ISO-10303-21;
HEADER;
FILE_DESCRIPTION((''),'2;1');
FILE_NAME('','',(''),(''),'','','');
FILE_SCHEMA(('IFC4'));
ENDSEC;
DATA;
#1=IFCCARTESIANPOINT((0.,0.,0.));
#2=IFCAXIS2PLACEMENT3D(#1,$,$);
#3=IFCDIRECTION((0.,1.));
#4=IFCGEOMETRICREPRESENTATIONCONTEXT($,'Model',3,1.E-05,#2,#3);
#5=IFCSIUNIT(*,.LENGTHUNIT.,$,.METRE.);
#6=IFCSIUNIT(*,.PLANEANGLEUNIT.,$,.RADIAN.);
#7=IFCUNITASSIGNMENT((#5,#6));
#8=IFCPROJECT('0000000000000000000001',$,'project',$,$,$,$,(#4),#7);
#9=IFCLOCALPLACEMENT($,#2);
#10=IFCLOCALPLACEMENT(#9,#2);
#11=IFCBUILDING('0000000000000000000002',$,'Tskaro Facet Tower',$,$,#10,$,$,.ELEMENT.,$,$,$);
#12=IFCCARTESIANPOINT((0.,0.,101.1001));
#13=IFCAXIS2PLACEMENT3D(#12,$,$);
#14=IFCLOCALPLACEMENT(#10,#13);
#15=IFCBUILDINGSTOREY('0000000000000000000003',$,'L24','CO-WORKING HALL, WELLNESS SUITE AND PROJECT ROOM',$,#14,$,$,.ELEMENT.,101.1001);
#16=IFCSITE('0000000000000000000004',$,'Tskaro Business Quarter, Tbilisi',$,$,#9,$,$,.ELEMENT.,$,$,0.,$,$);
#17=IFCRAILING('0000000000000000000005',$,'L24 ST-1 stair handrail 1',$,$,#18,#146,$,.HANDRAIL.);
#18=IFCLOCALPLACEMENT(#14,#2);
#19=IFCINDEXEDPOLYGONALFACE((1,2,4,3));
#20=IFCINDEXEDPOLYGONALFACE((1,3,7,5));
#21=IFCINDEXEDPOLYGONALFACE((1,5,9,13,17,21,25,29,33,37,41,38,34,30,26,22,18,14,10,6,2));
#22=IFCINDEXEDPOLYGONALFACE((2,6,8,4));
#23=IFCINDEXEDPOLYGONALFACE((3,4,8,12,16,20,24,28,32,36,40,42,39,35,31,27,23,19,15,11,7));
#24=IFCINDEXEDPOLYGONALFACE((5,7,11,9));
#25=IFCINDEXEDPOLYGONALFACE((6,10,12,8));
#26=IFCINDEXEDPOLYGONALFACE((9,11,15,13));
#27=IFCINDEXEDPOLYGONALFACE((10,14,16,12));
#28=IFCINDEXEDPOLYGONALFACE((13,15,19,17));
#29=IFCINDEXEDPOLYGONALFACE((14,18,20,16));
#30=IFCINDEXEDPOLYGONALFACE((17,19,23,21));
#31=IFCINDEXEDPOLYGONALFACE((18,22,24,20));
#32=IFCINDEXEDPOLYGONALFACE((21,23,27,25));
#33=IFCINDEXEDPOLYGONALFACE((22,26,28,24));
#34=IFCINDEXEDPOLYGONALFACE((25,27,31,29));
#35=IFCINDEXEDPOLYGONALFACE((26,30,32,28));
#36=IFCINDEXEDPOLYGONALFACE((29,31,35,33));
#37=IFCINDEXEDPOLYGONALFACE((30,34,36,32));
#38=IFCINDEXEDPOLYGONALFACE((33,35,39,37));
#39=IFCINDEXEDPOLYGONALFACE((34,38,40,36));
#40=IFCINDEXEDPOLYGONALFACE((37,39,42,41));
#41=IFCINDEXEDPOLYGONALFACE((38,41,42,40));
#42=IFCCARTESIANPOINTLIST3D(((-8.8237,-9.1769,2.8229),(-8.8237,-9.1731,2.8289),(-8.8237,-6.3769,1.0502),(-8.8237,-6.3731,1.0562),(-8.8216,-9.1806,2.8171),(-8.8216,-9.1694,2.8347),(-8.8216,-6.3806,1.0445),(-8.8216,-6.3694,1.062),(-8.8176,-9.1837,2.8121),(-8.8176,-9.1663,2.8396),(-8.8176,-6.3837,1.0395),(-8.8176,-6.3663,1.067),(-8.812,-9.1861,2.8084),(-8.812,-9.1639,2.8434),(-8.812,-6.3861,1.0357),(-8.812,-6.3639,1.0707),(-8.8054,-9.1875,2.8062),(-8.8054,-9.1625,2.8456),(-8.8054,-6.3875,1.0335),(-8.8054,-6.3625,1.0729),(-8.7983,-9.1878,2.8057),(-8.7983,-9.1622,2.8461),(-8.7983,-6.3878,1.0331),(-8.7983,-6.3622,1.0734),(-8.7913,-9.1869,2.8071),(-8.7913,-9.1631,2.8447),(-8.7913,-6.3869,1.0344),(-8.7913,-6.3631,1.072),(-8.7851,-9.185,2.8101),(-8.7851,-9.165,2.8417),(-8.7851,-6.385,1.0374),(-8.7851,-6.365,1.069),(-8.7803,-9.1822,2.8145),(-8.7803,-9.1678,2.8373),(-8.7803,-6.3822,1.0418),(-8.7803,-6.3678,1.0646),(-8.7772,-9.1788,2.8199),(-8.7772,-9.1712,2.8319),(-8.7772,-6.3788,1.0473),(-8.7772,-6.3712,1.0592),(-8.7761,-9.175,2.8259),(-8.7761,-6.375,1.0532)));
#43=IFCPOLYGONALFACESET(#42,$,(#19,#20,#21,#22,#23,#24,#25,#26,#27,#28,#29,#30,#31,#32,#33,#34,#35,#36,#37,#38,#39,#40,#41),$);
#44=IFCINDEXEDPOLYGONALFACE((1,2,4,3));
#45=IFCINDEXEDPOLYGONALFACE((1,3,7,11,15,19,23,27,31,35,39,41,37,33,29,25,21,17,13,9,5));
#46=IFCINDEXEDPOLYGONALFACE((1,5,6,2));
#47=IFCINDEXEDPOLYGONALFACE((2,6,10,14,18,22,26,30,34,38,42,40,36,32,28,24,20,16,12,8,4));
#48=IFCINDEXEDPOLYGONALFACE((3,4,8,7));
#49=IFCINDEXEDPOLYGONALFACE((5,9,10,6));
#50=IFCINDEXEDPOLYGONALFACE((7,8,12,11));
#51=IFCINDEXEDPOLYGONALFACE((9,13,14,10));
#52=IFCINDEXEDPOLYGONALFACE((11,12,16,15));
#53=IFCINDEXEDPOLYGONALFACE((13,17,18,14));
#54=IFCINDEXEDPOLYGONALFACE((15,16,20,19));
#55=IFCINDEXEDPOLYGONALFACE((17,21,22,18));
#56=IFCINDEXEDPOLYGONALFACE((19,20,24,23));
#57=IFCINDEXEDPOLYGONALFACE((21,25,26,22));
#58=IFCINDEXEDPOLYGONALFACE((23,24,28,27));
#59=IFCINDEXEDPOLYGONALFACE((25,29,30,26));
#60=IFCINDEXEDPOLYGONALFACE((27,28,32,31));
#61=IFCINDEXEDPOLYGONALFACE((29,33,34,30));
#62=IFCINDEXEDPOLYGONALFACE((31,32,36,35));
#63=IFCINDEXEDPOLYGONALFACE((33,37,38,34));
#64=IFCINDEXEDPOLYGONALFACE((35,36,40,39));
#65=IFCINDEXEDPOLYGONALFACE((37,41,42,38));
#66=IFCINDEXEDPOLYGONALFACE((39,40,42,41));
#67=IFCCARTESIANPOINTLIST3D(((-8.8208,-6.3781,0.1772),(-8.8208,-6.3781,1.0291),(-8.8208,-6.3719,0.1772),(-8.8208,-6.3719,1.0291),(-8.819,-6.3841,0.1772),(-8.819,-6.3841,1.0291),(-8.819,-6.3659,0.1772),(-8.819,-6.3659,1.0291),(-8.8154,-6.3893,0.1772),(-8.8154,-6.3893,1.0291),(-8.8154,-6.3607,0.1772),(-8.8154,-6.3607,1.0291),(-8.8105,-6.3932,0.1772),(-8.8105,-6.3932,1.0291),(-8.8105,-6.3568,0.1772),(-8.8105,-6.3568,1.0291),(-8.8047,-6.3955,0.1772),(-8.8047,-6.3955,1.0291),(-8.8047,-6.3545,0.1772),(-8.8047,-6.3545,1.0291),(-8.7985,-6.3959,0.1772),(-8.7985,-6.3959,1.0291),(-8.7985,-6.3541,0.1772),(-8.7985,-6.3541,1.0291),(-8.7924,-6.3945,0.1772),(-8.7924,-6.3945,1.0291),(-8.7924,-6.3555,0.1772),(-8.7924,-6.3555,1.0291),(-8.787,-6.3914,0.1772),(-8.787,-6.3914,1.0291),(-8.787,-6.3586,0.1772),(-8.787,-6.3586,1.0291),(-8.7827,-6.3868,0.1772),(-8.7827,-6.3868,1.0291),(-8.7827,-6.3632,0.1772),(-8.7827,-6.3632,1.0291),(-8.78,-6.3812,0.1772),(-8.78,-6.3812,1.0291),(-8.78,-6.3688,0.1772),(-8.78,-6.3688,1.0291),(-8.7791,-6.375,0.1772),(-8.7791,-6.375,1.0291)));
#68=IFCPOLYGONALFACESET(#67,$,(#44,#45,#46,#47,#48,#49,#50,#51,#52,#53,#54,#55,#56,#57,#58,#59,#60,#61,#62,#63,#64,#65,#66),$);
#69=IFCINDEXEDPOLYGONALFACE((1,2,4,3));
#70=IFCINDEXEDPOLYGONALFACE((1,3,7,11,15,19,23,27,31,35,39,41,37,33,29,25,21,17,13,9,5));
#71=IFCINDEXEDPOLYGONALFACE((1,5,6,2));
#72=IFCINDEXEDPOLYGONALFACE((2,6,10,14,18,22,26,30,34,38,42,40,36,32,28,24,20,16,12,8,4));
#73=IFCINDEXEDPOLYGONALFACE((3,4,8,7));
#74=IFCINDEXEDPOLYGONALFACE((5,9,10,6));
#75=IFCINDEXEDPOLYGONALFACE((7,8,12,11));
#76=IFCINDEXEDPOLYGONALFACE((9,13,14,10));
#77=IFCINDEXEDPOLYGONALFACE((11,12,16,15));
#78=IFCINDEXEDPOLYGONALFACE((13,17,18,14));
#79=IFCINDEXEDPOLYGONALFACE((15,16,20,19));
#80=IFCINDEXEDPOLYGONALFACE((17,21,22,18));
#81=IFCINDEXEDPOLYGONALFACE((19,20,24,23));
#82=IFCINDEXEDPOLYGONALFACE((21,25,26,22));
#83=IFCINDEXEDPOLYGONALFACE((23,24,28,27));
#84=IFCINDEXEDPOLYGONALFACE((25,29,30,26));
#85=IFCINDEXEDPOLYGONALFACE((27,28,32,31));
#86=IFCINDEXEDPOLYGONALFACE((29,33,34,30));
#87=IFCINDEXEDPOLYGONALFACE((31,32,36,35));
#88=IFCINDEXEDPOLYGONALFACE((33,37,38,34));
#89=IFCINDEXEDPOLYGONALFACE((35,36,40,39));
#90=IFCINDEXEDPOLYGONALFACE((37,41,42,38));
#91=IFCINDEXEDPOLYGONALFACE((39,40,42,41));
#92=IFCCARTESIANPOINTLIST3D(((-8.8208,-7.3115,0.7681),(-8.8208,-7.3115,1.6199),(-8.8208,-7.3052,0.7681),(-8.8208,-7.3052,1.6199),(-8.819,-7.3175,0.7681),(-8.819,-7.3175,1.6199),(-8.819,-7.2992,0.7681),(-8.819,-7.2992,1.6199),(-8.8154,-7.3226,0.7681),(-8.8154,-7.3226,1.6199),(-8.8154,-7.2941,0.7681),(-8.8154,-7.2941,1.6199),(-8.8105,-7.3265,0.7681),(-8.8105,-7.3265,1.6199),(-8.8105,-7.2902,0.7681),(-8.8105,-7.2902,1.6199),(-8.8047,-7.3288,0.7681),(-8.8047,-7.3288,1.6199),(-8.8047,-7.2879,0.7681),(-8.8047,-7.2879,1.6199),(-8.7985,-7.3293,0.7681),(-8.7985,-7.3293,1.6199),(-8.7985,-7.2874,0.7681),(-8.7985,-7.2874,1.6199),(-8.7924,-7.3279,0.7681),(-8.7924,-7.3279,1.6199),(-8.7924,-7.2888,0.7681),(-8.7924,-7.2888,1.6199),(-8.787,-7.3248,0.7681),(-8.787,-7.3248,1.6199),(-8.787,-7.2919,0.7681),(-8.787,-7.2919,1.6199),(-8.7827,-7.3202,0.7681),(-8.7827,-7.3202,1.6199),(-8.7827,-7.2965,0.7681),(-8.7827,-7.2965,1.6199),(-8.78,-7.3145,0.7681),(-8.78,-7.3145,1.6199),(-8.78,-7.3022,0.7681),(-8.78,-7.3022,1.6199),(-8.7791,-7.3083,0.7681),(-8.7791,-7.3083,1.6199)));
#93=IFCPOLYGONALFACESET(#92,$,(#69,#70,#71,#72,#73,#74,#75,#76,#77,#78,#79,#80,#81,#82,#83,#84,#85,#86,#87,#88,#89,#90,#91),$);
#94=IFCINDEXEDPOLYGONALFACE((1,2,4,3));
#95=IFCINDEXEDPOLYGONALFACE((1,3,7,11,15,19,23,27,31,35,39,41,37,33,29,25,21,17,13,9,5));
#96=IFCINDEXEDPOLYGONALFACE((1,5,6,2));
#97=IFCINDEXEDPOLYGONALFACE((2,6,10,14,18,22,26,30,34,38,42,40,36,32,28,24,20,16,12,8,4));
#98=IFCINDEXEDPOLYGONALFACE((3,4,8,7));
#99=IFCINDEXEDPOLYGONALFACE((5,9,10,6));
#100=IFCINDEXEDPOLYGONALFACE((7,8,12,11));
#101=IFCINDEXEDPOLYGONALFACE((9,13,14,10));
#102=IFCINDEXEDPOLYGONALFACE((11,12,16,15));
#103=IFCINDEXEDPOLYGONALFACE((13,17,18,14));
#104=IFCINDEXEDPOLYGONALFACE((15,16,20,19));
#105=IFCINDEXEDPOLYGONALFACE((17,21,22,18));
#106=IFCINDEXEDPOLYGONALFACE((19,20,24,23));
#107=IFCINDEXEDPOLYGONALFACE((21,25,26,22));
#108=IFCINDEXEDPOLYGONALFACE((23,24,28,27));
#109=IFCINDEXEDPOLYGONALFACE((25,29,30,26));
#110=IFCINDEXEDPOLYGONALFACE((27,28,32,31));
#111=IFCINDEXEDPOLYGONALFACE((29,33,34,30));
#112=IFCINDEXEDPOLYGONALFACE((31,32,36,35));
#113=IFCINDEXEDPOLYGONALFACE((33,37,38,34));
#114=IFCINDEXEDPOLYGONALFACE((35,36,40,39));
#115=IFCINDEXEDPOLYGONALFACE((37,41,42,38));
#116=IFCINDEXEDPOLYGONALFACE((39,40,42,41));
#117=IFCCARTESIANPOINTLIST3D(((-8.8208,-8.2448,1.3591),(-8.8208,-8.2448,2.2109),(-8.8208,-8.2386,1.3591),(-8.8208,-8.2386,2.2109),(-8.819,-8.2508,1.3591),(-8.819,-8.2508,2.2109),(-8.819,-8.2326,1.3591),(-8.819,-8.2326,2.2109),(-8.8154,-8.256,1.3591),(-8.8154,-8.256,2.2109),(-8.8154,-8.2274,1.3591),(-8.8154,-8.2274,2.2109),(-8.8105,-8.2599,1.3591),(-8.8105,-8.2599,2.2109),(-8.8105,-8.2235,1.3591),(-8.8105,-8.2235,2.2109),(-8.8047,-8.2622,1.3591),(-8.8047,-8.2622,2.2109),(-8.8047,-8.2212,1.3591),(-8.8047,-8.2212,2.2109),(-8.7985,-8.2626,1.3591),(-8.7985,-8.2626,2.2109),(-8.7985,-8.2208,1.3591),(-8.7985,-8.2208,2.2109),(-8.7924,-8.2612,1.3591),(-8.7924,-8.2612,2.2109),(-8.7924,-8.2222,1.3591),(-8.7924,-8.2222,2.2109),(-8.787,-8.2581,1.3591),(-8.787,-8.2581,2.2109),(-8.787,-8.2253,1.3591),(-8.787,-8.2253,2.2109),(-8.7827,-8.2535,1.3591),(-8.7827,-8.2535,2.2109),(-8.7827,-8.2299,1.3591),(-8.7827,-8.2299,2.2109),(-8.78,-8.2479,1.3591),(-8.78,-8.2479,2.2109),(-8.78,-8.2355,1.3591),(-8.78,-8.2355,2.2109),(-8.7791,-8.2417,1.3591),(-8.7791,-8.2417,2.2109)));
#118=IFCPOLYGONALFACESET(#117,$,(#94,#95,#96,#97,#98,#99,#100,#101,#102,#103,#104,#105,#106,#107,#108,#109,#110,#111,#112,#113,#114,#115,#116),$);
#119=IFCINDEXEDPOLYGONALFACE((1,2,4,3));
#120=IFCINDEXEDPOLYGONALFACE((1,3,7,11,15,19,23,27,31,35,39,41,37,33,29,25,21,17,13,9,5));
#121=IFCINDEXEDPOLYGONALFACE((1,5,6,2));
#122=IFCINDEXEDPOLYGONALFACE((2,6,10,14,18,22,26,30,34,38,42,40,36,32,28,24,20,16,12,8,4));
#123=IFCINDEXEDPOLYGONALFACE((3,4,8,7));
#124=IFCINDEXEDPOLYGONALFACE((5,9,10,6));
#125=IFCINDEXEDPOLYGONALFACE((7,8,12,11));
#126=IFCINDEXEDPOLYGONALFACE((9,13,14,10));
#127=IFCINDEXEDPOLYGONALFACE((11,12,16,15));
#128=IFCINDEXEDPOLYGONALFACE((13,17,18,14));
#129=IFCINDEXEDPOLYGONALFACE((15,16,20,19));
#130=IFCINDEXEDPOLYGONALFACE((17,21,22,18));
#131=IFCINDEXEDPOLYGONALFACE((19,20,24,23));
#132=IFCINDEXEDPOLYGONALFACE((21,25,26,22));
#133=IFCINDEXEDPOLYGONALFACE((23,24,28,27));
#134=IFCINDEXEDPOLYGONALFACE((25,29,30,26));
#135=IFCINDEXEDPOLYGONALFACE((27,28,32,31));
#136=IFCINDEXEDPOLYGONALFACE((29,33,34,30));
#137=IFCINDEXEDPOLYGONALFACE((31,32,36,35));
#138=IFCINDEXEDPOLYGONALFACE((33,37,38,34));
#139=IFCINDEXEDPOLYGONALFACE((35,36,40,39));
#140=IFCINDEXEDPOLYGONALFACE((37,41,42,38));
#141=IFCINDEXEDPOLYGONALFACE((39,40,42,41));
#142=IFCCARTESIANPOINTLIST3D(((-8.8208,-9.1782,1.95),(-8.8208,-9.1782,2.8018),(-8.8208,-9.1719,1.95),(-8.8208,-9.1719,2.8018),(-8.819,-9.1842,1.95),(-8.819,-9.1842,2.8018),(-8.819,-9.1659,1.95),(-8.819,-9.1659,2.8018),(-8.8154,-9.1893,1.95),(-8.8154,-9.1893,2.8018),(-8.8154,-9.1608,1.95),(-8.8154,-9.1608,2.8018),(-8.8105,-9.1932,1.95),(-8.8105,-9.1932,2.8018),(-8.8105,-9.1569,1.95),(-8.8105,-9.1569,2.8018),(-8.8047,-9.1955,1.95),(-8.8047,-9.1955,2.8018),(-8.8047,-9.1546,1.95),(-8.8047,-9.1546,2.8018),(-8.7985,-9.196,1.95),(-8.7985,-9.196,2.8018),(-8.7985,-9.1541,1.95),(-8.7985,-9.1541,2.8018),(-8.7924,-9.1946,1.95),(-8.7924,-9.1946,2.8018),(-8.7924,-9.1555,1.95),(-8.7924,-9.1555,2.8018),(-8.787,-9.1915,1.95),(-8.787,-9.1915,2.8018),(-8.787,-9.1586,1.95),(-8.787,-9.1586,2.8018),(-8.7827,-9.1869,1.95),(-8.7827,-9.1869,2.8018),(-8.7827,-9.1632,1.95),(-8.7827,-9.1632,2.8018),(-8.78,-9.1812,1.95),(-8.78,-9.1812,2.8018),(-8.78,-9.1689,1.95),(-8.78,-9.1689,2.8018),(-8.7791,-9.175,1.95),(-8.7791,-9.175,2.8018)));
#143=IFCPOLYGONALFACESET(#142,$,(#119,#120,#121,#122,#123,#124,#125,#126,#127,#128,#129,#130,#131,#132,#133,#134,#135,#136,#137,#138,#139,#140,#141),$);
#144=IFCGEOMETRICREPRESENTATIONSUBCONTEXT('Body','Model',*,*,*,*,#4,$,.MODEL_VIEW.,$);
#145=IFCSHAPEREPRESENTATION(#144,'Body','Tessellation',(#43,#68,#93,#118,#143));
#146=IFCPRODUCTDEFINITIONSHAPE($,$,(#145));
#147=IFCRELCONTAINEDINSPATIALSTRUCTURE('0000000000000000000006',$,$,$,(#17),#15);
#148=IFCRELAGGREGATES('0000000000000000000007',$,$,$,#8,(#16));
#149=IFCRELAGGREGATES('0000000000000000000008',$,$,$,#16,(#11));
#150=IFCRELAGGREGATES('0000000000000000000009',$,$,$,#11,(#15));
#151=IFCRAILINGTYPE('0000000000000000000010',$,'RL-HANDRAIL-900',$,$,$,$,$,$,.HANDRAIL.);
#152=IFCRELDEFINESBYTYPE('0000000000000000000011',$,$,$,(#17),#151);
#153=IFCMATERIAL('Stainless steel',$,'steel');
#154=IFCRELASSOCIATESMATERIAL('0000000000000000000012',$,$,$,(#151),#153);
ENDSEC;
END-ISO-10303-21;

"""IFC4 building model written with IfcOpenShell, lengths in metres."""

from ifc_helpers import new_model, si_unit, direction, frame, origin, origin_2d, place, context, subcontext, project, spatial, circle, extrude, material, type_object, element, save


model = new_model("IFC4")

# Units and contexts
model_context = context("Model", 3, precision=1e-05, world=origin(), true_north=direction((0.0, 1.0)))
body_context = subcontext(model_context, "Body", "Model", "MODEL_VIEW")
ifc_project = project(units=[si_unit("LENGTHUNIT", "METRE"), si_unit("PLANEANGLEUNIT", "RADIAN")], contexts=[model_context])

# Site, building, storey
site_placement = place(None, origin())
site = spatial("IfcSite", under=ifc_project, at=site_placement, Name="Tskaro Business Quarter, Tbilisi", CompositionType="ELEMENT", RefElevation=0.0)
building_placement = place(site_placement, origin())
building = spatial("IfcBuilding", under=site, at=building_placement, Name="Tskaro Facet Tower", CompositionType="ELEMENT")
storey_placement = place(building_placement, frame((0.0, 0.0, 101.1001)))
storey = spatial("IfcBuildingStorey", under=building, at=storey_placement, Name="L24", Description="CO-WORKING HALL, WELLNESS SUITE AND PROJECT ROOM", CompositionType="ELEMENT", Elevation=101.1001)

# Shared definitions
ifc_material_1 = material(Name="Stainless steel", Category="steel")

# Railing
railing_type_1 = type_object("IfcRailingType", Name="RL-HANDRAIL-900", PredefinedType="HANDRAIL", material=ifc_material_1)
railing_1_placement = place(storey_placement, frame((-8.8, -6.375, 0.1772)))
element("IfcRailing", 1, at=railing_1_placement, inside=storey, type_object=railing_type_1, Name="L24 ST-1 stair handrail 1", PredefinedType="HANDRAIL", context=body_context, shape_type="SweptSolid", body=[
    extrude(circle(Radius=0.0239, at=origin_2d()), frame((0.0, 0.0, 0.876), z_axis=(0.0, -0.844909, 0.53491), x_axis=(1.0, 0.0, 0.0)), (0.0, 0.0, 1.0), 3.314),
    extrude(circle(Radius=0.021, at=origin_2d()), origin(), (0.0, 0.0, 1.0), 0.8518),
    extrude(circle(Radius=0.021, at=origin_2d()), frame((0.0, -0.9333, 0.5908)), (0.0, 0.0, 1.0), 0.8518),
    extrude(circle(Radius=0.021, at=origin_2d()), frame((0.0, -1.8667, 1.1819)), (0.0, 0.0, 1.0), 0.8518),
    extrude(circle(Radius=0.021, at=origin_2d()), frame((0.0, -2.8, 1.7727)), (0.0, 0.0, 1.0), 0.8518),
])

save(model, "model.ifc")
